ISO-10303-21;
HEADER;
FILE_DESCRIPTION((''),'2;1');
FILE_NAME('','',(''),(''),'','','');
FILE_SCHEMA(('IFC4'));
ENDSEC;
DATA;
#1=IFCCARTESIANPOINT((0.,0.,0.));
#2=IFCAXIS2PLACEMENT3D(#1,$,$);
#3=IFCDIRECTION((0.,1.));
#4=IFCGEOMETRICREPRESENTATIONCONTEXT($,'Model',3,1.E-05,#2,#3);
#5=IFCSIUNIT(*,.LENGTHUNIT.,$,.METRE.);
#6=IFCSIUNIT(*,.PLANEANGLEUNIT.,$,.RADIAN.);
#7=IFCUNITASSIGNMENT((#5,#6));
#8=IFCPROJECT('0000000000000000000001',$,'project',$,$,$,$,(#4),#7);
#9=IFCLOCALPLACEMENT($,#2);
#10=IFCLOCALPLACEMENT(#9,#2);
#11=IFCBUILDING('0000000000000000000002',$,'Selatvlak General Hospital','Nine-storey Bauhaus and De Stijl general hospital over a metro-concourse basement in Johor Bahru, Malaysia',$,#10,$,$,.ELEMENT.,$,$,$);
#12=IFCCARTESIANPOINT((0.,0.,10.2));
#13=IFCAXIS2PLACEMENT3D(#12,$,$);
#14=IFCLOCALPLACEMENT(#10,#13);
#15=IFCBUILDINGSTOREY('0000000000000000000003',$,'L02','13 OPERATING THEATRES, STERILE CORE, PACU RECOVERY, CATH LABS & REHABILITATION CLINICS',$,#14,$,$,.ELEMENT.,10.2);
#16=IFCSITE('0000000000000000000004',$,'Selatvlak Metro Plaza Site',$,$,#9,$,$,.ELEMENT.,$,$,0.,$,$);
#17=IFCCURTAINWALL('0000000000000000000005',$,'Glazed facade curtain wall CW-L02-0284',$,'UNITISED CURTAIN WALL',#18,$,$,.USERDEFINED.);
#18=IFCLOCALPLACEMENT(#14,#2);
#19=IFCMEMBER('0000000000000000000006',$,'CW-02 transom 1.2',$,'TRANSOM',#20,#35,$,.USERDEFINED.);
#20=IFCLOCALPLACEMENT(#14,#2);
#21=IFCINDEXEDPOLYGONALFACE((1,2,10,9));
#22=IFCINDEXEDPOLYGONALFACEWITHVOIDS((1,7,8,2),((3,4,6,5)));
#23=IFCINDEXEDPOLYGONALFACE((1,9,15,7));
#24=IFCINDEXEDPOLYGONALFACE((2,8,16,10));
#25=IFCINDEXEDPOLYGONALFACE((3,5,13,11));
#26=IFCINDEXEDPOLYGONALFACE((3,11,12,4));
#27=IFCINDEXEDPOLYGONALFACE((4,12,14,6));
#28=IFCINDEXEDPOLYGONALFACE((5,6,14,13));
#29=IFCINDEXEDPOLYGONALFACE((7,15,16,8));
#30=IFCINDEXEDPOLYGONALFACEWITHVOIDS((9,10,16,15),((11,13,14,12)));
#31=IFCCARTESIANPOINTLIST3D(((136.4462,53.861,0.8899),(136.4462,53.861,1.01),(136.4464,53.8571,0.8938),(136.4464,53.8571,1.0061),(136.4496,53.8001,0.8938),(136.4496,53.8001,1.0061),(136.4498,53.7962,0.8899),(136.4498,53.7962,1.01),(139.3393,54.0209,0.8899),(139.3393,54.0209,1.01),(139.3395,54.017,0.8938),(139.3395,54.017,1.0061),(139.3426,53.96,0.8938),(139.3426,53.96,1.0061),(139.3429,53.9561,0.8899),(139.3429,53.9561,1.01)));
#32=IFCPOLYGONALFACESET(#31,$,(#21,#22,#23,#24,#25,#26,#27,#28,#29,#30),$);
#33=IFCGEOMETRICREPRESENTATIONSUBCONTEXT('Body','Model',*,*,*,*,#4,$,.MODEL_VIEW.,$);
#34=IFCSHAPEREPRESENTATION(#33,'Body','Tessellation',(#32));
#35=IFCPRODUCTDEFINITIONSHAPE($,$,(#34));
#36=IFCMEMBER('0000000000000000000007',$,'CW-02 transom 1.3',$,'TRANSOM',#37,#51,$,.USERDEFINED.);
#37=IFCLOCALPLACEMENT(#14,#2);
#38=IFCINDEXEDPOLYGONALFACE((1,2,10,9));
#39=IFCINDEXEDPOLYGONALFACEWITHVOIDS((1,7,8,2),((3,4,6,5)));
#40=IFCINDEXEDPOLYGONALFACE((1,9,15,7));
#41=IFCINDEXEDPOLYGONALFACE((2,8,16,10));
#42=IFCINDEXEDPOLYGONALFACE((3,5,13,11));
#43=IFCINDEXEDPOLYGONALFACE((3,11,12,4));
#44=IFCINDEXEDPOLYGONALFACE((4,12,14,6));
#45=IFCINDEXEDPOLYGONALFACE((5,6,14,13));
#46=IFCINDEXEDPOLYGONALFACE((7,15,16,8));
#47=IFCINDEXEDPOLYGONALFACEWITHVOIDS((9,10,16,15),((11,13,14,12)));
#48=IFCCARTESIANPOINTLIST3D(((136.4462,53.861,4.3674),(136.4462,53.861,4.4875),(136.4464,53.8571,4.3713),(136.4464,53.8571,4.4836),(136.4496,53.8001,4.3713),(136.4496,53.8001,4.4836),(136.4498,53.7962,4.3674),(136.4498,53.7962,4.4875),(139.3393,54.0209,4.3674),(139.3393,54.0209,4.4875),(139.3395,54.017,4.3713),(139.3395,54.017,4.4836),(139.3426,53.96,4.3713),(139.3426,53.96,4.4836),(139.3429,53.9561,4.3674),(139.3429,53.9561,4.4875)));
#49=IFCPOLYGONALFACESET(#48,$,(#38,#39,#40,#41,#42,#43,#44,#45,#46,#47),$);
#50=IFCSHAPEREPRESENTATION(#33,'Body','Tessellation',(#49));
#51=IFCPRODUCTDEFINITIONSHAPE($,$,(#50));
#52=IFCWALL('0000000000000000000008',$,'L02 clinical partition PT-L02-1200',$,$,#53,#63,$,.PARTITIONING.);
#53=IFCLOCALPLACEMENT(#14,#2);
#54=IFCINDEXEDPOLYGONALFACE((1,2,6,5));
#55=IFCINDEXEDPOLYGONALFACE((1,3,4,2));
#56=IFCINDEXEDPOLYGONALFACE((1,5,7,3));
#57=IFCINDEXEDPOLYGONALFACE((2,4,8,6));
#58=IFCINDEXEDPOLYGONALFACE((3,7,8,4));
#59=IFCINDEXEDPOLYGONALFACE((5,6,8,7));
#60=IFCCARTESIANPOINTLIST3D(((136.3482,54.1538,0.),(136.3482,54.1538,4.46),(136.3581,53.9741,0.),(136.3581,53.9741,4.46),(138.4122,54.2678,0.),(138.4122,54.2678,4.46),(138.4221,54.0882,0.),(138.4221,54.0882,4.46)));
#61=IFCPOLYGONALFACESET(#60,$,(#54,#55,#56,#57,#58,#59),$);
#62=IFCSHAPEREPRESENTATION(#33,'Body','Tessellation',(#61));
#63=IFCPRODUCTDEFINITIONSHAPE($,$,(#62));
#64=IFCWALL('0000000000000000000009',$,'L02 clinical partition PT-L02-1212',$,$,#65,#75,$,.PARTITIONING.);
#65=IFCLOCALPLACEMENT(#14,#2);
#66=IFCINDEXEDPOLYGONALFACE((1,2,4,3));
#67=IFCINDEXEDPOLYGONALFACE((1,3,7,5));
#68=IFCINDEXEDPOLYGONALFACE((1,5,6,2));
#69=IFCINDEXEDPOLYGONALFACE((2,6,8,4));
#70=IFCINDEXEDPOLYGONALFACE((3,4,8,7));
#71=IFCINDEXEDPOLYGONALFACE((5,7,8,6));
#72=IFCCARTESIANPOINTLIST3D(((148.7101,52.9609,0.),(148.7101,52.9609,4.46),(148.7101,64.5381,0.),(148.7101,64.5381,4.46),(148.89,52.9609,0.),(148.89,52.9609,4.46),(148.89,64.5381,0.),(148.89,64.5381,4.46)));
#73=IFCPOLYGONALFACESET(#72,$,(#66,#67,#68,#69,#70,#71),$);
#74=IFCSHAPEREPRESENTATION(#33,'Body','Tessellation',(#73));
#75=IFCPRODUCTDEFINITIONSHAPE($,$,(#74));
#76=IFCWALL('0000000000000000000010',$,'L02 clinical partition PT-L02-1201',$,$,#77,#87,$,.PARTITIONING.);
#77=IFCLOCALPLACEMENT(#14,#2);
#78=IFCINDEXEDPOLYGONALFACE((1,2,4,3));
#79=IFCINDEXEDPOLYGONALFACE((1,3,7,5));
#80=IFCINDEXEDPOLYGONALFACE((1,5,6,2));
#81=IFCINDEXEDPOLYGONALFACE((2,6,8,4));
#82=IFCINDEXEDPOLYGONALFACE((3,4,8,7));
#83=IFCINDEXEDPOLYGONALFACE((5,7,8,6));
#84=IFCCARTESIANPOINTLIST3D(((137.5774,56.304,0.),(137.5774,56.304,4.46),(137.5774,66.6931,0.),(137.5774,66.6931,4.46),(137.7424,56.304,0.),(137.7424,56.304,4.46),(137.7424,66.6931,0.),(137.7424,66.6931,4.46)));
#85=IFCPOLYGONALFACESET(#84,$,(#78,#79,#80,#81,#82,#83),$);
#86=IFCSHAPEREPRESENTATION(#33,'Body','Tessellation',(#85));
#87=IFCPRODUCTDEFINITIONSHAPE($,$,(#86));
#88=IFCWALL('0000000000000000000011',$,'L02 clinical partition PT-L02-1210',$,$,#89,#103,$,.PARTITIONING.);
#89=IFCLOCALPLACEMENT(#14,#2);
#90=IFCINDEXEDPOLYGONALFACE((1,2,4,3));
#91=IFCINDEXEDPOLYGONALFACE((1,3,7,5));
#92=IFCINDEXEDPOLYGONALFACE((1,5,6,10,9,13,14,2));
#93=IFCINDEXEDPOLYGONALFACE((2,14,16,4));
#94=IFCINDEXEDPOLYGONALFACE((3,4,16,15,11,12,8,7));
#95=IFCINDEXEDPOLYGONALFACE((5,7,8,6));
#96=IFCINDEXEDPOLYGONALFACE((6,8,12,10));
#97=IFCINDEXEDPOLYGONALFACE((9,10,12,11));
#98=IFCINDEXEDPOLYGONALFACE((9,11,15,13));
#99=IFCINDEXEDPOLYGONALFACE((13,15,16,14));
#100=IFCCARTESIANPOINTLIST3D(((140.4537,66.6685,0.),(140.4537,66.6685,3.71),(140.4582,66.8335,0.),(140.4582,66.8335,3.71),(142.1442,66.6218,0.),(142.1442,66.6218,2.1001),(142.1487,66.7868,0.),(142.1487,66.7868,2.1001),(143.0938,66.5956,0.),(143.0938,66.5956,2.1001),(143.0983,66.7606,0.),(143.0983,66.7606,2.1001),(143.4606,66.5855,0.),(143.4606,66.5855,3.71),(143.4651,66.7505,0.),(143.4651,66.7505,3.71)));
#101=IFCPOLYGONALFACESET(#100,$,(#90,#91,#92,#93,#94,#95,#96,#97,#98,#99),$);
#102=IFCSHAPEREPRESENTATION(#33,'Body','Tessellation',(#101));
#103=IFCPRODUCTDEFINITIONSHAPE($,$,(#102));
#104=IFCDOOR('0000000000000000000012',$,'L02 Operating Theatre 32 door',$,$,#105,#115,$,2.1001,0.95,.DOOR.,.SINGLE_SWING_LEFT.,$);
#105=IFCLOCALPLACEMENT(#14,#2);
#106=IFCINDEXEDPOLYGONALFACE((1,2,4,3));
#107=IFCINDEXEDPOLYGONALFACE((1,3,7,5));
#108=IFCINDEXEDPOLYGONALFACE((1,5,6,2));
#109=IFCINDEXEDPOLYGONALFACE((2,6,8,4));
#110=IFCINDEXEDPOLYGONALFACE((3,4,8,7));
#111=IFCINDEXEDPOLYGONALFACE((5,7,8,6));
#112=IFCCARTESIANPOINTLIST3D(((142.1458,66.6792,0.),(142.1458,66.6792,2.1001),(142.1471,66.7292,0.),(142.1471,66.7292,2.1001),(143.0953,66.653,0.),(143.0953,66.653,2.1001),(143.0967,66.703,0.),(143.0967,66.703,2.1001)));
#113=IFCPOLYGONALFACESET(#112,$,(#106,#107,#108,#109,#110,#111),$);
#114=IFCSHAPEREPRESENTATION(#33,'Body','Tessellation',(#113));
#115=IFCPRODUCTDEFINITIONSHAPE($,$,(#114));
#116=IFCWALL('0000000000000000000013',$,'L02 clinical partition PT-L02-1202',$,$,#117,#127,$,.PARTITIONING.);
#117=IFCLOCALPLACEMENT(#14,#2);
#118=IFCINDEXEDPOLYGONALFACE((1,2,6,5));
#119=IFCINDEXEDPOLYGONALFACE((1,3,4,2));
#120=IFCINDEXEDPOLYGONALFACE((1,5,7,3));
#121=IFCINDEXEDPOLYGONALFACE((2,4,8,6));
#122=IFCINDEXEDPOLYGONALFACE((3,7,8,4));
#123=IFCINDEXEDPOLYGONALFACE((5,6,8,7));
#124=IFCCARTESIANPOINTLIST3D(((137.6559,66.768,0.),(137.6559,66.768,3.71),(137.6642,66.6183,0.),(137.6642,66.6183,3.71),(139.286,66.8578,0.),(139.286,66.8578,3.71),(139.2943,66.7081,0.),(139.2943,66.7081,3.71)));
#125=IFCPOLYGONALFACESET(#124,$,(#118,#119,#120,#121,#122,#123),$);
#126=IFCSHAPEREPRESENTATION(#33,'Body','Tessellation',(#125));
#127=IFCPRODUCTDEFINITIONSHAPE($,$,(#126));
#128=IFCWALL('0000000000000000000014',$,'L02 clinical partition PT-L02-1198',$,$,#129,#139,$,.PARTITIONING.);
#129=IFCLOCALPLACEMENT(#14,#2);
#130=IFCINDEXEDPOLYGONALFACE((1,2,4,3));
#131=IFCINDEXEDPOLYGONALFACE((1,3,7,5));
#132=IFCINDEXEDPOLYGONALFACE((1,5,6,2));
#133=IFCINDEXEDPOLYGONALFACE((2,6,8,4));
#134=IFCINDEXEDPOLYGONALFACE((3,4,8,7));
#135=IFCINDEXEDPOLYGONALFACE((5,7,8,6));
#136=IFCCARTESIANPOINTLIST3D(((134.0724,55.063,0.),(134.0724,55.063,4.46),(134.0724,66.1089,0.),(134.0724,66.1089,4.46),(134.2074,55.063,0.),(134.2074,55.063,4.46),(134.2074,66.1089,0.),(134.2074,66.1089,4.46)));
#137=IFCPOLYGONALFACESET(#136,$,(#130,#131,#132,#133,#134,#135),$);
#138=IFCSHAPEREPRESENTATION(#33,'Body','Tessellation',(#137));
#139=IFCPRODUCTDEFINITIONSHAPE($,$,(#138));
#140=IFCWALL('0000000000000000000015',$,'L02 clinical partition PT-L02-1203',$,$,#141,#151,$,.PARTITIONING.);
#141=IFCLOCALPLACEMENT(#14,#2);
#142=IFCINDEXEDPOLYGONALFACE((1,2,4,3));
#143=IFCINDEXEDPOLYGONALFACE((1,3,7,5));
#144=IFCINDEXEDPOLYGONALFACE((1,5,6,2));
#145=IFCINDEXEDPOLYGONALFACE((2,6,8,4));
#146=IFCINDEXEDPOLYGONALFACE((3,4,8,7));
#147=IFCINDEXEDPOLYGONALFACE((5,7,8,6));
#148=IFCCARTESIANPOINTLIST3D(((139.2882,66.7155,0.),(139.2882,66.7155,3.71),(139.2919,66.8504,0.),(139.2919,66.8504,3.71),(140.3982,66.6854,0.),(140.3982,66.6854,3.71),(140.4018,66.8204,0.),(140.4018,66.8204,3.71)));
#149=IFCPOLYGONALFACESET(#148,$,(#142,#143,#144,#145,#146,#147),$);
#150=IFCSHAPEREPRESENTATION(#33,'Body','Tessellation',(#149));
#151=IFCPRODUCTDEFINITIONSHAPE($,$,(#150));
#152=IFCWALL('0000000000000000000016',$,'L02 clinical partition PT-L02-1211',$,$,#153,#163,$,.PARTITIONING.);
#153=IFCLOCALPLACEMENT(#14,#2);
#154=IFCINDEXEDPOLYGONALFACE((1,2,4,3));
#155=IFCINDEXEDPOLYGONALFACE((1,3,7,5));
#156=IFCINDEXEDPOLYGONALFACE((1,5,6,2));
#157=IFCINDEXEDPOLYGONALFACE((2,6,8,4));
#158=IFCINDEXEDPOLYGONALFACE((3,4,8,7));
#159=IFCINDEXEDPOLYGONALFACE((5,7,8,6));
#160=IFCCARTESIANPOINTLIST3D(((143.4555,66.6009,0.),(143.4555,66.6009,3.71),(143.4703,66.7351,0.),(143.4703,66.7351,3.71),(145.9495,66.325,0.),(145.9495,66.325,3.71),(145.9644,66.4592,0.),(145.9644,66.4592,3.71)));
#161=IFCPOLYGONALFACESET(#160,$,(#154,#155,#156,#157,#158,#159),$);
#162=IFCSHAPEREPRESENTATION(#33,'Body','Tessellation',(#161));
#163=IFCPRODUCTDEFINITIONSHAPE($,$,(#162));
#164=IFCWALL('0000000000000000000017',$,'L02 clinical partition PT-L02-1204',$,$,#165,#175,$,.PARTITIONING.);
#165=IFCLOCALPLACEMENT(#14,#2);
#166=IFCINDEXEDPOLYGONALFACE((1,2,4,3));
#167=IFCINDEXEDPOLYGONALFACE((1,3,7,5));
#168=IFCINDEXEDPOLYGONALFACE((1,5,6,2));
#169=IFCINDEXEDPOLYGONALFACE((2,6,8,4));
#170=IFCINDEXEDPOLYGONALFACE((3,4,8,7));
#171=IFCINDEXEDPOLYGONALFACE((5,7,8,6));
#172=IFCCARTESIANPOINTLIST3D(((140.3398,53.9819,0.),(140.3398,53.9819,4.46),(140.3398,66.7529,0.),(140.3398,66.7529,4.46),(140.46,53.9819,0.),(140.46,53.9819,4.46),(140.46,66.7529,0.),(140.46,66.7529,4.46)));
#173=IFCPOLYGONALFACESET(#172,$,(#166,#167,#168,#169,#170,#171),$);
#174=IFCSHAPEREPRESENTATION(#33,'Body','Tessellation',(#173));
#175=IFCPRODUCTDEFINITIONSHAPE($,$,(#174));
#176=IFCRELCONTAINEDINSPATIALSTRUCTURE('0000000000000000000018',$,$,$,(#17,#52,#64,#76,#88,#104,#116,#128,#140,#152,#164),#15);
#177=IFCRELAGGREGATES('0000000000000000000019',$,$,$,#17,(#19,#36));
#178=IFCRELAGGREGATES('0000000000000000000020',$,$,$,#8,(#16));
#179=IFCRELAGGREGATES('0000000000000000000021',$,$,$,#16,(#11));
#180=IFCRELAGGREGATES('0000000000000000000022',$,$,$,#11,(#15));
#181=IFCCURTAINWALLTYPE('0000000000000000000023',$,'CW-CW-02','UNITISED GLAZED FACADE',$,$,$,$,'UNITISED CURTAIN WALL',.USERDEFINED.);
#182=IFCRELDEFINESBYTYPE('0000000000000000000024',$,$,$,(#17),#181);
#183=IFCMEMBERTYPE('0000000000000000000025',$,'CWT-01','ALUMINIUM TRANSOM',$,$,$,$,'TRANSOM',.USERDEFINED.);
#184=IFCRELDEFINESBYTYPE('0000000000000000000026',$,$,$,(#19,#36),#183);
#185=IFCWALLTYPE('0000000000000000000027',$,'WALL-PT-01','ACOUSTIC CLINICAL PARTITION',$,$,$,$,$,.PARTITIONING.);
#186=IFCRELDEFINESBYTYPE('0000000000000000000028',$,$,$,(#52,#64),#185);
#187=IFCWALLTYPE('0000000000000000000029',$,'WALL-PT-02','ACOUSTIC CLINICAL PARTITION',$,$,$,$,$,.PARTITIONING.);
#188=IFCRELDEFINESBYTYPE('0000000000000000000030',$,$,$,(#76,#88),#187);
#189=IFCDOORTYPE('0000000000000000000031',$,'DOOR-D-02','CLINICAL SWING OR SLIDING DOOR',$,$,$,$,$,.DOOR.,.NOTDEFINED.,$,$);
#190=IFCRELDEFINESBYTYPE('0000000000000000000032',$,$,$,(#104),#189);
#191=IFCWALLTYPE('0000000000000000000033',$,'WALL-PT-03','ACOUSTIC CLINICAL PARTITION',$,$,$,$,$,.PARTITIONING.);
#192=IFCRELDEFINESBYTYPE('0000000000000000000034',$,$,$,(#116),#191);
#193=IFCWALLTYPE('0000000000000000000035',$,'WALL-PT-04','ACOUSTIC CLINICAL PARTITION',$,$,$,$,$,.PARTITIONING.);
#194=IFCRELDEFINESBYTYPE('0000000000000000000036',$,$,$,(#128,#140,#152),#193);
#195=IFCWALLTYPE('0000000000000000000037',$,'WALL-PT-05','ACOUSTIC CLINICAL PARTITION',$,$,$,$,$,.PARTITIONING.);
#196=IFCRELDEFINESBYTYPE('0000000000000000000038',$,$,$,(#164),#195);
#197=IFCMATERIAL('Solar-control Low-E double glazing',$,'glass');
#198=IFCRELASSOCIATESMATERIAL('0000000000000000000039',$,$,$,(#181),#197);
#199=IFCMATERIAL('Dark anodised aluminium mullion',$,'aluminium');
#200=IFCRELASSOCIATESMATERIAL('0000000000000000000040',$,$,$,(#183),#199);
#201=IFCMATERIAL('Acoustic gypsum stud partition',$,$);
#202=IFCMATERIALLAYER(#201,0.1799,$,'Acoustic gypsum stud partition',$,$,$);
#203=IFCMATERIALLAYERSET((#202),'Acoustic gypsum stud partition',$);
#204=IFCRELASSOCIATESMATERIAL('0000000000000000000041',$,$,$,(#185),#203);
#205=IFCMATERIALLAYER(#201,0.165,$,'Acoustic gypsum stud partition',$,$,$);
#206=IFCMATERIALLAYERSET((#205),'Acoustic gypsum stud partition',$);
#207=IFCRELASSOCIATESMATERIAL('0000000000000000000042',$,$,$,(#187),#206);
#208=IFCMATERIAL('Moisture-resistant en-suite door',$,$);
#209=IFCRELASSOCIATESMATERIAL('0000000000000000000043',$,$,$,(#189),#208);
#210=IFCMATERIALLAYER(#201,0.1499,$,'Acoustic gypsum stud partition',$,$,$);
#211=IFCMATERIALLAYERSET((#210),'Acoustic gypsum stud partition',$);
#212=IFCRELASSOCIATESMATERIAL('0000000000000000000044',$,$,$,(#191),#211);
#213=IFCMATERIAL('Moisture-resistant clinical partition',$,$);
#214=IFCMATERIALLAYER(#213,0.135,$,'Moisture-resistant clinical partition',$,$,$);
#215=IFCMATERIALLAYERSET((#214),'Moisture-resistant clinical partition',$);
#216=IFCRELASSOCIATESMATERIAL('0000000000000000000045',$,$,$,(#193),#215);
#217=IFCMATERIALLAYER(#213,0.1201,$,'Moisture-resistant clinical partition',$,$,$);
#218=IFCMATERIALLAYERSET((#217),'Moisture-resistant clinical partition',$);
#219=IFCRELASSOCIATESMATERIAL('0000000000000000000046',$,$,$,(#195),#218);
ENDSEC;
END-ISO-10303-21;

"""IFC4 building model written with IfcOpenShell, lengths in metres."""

from ifc_helpers import new_model, si_unit, direction, frame, frame_2d, origin, origin_2d, place, context, subcontext, project, spatial, rectangle, hollow_rectangle, extrude, material, layer, layer_set, material_profile, profile_set, type_object, element, fill, aggregate, save


model = new_model("IFC4")

# Units and contexts
model_context = context("Model", 3, precision=1e-05, world=origin(), true_north=direction((0.0, 1.0)))
body_context = subcontext(model_context, "Body", "Model", "MODEL_VIEW")
ifc_project = project(units=[si_unit("LENGTHUNIT", "METRE"), si_unit("PLANEANGLEUNIT", "RADIAN")], contexts=[model_context])

# Site, building, storey
site_placement = place(None, origin())
site = spatial("IfcSite", under=ifc_project, at=site_placement, Name="Selatvlak Metro Plaza Site", CompositionType="ELEMENT", RefElevation=0.0)
building_placement = place(site_placement, origin())
building = spatial("IfcBuilding", under=site, at=building_placement, Name="Selatvlak General Hospital", Description="Nine-storey Bauhaus and De Stijl general hospital over a metro-concourse basement in Johor Bahru, Malaysia", CompositionType="ELEMENT")
storey_placement = place(building_placement, frame((0.0, 0.0, 10.2)))
storey = spatial("IfcBuildingStorey", under=building, at=storey_placement, Name="L02", Description="13 OPERATING THEATRES, STERILE CORE, PACU RECOVERY, CATH LABS & REHABILITATION CLINICS", CompositionType="ELEMENT", Elevation=10.2)

# Shared definitions
ifc_material_1 = material(Name="Solar-control Low-E double glazing", Category="glass")
ifc_material_2 = material(Name="Dark anodised aluminium mullion", Category="aluminium")

# Curtain wall, members
curtain_wall_type_1 = type_object("IfcCurtainWallType", Name="CW-CW-02", Description="UNITISED GLAZED FACADE", ElementType="UNITISED CURTAIN WALL", PredefinedType="USERDEFINED", material=ifc_material_1)
curtain_wall_1_placement = place(storey_placement, origin())
curtain_wall_1 = element("IfcCurtainWall", 1, at=curtain_wall_1_placement, inside=storey, type_object=curtain_wall_type_1, Name="Glazed facade curtain wall CW-L02-0284", ObjectType="UNITISED CURTAIN WALL", PredefinedType="USERDEFINED")
ifc_material_profile_1 = material_profile(ifc_material_2, hollow_rectangle(XDim=0.0649, YDim=0.1201, WallThickness=0.0039, at=origin_2d()), Name="AL-TRN 65x120x4")
ifc_profile_set_1 = profile_set([ifc_material_profile_1], Name="Dark anodised aluminium mullion")
member_type_1 = type_object("IfcMemberType", Name="CWT-01", Description="ALUMINIUM TRANSOM", ElementType="TRANSOM", PredefinedType="USERDEFINED", material=ifc_profile_set_1)
member_1_placement = place(storey_placement, frame((139.3411, 53.9885, 0.95), z_axis=(-0.998476, -0.05519, 0.0), x_axis=(0.05519, -0.998476, 0.0)))
member_1 = element("IfcMember", 2, at=member_1_placement, type_object=member_type_1, Name="CW-02 transom 1.2", ObjectType="TRANSOM", PredefinedType="USERDEFINED", context=body_context, shape_type="SweptSolid", body=[
    extrude(hollow_rectangle(XDim=0.0649, YDim=0.1201, WallThickness=0.0039, at=origin_2d()), origin(), (0.0, 0.0, 1.0), 2.8975),
])
member_2_placement = place(storey_placement, frame((139.3411, 53.9885, 4.4275), z_axis=(-0.998476, -0.05519, 0.0), x_axis=(0.05519, -0.998476, 0.0)))
member_2 = element("IfcMember", 3, at=member_2_placement, type_object=member_type_1, Name="CW-02 transom 1.3", ObjectType="TRANSOM", PredefinedType="USERDEFINED", context=body_context, shape_type="SweptSolid", body=[
    extrude(hollow_rectangle(XDim=0.0649, YDim=0.1201, WallThickness=0.0039, at=origin_2d()), origin(), (0.0, 0.0, 1.0), 2.8975),
])
aggregate(curtain_wall_1, [member_1, member_2])

# Walls
ifc_material_3 = material(Name="Acoustic gypsum stud partition")
ifc_layer_1 = layer(ifc_material_3, 0.1799, Name="Acoustic gypsum stud partition")
ifc_layer_set_1 = layer_set([ifc_layer_1], Name="Acoustic gypsum stud partition")
wall_type_1 = type_object("IfcWallType", Name="WALL-PT-01", Description="ACOUSTIC CLINICAL PARTITION", PredefinedType="PARTITIONING", material=ifc_layer_set_1)
wall_1_placement = place(storey_placement, frame((136.353, 54.064, 0.0), z_axis=(0.0, 0.0, 1.0), x_axis=(0.998478, 0.055156, 0.0)))
element("IfcWall", 4, at=wall_1_placement, inside=storey, type_object=wall_type_1, Name="L02 clinical partition PT-L02-1200", PredefinedType="PARTITIONING", context=body_context, shape_type="SweptSolid", body=[
    extrude(rectangle(XDim=2.0671, YDim=0.1799, at=frame_2d((1.0337, 0.0))), origin(), (0.0, 0.0, 1.0), 4.46),
])
wall_2_placement = place(storey_placement, frame((148.8, 64.5381, 0.0), z_axis=(0.0, 0.0, 1.0), x_axis=(0.0, -1.0, 0.0)))
element("IfcWall", 5, at=wall_2_placement, inside=storey, type_object=wall_type_1, Name="L02 clinical partition PT-L02-1212", PredefinedType="PARTITIONING", context=body_context, shape_type="SweptSolid", body=[
    extrude(rectangle(XDim=11.5771, YDim=0.1799, at=frame_2d((5.7886, 0.0))), origin(), (0.0, 0.0, 1.0), 4.46),
])
ifc_layer_2 = layer(ifc_material_3, 0.165, Name="Acoustic gypsum stud partition")
ifc_layer_set_2 = layer_set([ifc_layer_2], Name="Acoustic gypsum stud partition")
wall_type_2 = type_object("IfcWallType", Name="WALL-PT-02", Description="ACOUSTIC CLINICAL PARTITION", PredefinedType="PARTITIONING", material=ifc_layer_set_2)
wall_3_placement = place(storey_placement, frame((137.6599, 56.304, 0.0), z_axis=(0.0, 0.0, 1.0), x_axis=(0.0, 1.0, 0.0)))
element("IfcWall", 6, at=wall_3_placement, inside=storey, type_object=wall_type_2, Name="L02 clinical partition PT-L02-1201", PredefinedType="PARTITIONING", context=body_context, shape_type="SweptSolid", body=[
    extrude(rectangle(XDim=10.3892, YDim=0.165, at=frame_2d((5.1946, 0.0))), origin(), (0.0, 0.0, 1.0), 4.46),
])

# Wall, opening, door
wall_4_placement = place(storey_placement, frame((140.4561, 66.751, 0.0), z_axis=(0.0, 0.0, 1.0), x_axis=(0.999619, -0.027596, 0.0)))
wall_4 = element("IfcWall", 7, at=wall_4_placement, inside=storey, type_object=wall_type_2, Name="L02 clinical partition PT-L02-1210", PredefinedType="PARTITIONING", context=body_context, shape_type="SweptSolid", body=[
    extrude(rectangle(XDim=3.0081, YDim=0.165, at=frame_2d((1.5039, 0.0))), origin(), (0.0, 0.0, 1.0), 3.71),
])
opening_placement = place(wall_4_placement, frame((1.6909, 0.0, 0.0)))
opening = element("IfcOpeningElement", 8, at=opening_placement, cuts=wall_4, PredefinedType="OPENING", context=body_context, shape_type="SweptSolid", body=[
    extrude(rectangle(XDim=0.95, YDim=2.1001, at=frame_2d((0.4751, 1.05))), frame((0.0, 0.0925, 0.0), z_axis=(0.0, -1.0, 0.0), x_axis=(1.0, 0.0, 0.0)), (0.0, 0.0, 1.0), 0.1851),
])
ifc_material_4 = material(Name="Moisture-resistant en-suite door")
door_type = type_object("IfcDoorType", Name="DOOR-D-02", Description="CLINICAL SWING OR SLIDING DOOR", OperationType="NOTDEFINED", PredefinedType="DOOR", material=ifc_material_4)
door_placement = place(opening_placement, origin())
door = element("IfcDoor", 9, at=door_placement, inside=storey, type_object=door_type, Name="L02 Operating Theatre 32 door", OperationType="SINGLE_SWING_LEFT", OverallHeight=2.1001, OverallWidth=0.95, PredefinedType="DOOR", context=body_context, shape_type="SweptSolid", body=[
    extrude(rectangle(XDim=0.95, YDim=2.1001, at=frame_2d((0.4751, 1.05))), frame((0.0, 0.0249, 0.0), z_axis=(0.0, -1.0, 0.0), x_axis=(1.0, 0.0, 0.0)), (0.0, 0.0, 1.0), 0.05),
])
fill(opening, door)

# Walls
ifc_layer_3 = layer(ifc_material_3, 0.1499, Name="Acoustic gypsum stud partition")
ifc_layer_set_3 = layer_set([ifc_layer_3], Name="Acoustic gypsum stud partition")
wall_type_3 = type_object("IfcWallType", Name="WALL-PT-03", Description="ACOUSTIC CLINICAL PARTITION", PredefinedType="PARTITIONING", material=ifc_layer_set_3)
wall_5_placement = place(storey_placement, frame((137.6599, 66.6931, 0.0), z_axis=(0.0, 0.0, 1.0), x_axis=(0.998485, 0.055031, 0.0)))
element("IfcWall", 10, at=wall_5_placement, inside=storey, type_object=wall_type_3, Name="L02 clinical partition PT-L02-1202", PredefinedType="PARTITIONING", context=body_context, shape_type="SweptSolid", body=[
    extrude(rectangle(XDim=1.6326, YDim=0.1499, at=frame_2d((0.8164, 0.0))), origin(), (0.0, 0.0, 1.0), 3.71),
])
ifc_material_5 = material(Name="Moisture-resistant clinical partition")
ifc_layer_4 = layer(ifc_material_5, 0.135, Name="Moisture-resistant clinical partition")
ifc_layer_set_4 = layer_set([ifc_layer_4], Name="Moisture-resistant clinical partition")
wall_type_4 = type_object("IfcWallType", Name="WALL-PT-04", Description="ACOUSTIC CLINICAL PARTITION", PredefinedType="PARTITIONING", material=ifc_layer_set_4)
wall_6_placement = place(storey_placement, frame((134.1399, 66.1089, 0.0), z_axis=(0.0, 0.0, 1.0), x_axis=(0.0, -1.0, 0.0)))
element("IfcWall", 11, at=wall_6_placement, inside=storey, type_object=wall_type_4, Name="L02 clinical partition PT-L02-1198", PredefinedType="PARTITIONING", context=body_context, shape_type="SweptSolid", body=[
    extrude(rectangle(XDim=11.0459, YDim=0.135, at=frame_2d((5.5229, 0.0))), origin(), (0.0, 0.0, 1.0), 4.46),
])
wall_7_placement = place(storey_placement, frame((139.29, 66.783, 0.0), z_axis=(0.0, 0.0, 1.0), x_axis=(0.999634, -0.027047, 0.0)))
element("IfcWall", 12, at=wall_7_placement, inside=storey, type_object=wall_type_4, Name="L02 clinical partition PT-L02-1203", PredefinedType="PARTITIONING", context=body_context, shape_type="SweptSolid", body=[
    extrude(rectangle(XDim=1.1104, YDim=0.135, at=frame_2d((0.5552, 0.0))), origin(), (0.0, 0.0, 1.0), 3.71),
])
wall_8_placement = place(storey_placement, frame((143.4629, 66.668, 0.0), z_axis=(0.0, 0.0, 1.0), x_axis=(0.993938, -0.10994, 0.0)))
element("IfcWall", 13, at=wall_8_placement, inside=storey, type_object=wall_type_4, Name="L02 clinical partition PT-L02-1211", PredefinedType="PARTITIONING", context=body_context, shape_type="SweptSolid", body=[
    extrude(rectangle(XDim=2.5093, YDim=0.135, at=frame_2d((1.2546, 0.0))), origin(), (0.0, 0.0, 1.0), 3.71),
])
ifc_layer_5 = layer(ifc_material_5, 0.1201, Name="Moisture-resistant clinical partition")
ifc_layer_set_5 = layer_set([ifc_layer_5], Name="Moisture-resistant clinical partition")
wall_type_5 = type_object("IfcWallType", Name="WALL-PT-05", Description="ACOUSTIC CLINICAL PARTITION", PredefinedType="PARTITIONING", material=ifc_layer_set_5)
wall_9_placement = place(storey_placement, frame((140.3999, 66.7529, 0.0), z_axis=(0.0, 0.0, 1.0), x_axis=(0.0, -1.0, 0.0)))
element("IfcWall", 14, at=wall_9_placement, inside=storey, type_object=wall_type_5, Name="L02 clinical partition PT-L02-1204", PredefinedType="PARTITIONING", context=body_context, shape_type="SweptSolid", body=[
    extrude(rectangle(XDim=12.771, YDim=0.1201, at=frame_2d((6.3855, 0.0))), origin(), (0.0, 0.0, 1.0), 4.46),
])

save(model, "model.ifc")
